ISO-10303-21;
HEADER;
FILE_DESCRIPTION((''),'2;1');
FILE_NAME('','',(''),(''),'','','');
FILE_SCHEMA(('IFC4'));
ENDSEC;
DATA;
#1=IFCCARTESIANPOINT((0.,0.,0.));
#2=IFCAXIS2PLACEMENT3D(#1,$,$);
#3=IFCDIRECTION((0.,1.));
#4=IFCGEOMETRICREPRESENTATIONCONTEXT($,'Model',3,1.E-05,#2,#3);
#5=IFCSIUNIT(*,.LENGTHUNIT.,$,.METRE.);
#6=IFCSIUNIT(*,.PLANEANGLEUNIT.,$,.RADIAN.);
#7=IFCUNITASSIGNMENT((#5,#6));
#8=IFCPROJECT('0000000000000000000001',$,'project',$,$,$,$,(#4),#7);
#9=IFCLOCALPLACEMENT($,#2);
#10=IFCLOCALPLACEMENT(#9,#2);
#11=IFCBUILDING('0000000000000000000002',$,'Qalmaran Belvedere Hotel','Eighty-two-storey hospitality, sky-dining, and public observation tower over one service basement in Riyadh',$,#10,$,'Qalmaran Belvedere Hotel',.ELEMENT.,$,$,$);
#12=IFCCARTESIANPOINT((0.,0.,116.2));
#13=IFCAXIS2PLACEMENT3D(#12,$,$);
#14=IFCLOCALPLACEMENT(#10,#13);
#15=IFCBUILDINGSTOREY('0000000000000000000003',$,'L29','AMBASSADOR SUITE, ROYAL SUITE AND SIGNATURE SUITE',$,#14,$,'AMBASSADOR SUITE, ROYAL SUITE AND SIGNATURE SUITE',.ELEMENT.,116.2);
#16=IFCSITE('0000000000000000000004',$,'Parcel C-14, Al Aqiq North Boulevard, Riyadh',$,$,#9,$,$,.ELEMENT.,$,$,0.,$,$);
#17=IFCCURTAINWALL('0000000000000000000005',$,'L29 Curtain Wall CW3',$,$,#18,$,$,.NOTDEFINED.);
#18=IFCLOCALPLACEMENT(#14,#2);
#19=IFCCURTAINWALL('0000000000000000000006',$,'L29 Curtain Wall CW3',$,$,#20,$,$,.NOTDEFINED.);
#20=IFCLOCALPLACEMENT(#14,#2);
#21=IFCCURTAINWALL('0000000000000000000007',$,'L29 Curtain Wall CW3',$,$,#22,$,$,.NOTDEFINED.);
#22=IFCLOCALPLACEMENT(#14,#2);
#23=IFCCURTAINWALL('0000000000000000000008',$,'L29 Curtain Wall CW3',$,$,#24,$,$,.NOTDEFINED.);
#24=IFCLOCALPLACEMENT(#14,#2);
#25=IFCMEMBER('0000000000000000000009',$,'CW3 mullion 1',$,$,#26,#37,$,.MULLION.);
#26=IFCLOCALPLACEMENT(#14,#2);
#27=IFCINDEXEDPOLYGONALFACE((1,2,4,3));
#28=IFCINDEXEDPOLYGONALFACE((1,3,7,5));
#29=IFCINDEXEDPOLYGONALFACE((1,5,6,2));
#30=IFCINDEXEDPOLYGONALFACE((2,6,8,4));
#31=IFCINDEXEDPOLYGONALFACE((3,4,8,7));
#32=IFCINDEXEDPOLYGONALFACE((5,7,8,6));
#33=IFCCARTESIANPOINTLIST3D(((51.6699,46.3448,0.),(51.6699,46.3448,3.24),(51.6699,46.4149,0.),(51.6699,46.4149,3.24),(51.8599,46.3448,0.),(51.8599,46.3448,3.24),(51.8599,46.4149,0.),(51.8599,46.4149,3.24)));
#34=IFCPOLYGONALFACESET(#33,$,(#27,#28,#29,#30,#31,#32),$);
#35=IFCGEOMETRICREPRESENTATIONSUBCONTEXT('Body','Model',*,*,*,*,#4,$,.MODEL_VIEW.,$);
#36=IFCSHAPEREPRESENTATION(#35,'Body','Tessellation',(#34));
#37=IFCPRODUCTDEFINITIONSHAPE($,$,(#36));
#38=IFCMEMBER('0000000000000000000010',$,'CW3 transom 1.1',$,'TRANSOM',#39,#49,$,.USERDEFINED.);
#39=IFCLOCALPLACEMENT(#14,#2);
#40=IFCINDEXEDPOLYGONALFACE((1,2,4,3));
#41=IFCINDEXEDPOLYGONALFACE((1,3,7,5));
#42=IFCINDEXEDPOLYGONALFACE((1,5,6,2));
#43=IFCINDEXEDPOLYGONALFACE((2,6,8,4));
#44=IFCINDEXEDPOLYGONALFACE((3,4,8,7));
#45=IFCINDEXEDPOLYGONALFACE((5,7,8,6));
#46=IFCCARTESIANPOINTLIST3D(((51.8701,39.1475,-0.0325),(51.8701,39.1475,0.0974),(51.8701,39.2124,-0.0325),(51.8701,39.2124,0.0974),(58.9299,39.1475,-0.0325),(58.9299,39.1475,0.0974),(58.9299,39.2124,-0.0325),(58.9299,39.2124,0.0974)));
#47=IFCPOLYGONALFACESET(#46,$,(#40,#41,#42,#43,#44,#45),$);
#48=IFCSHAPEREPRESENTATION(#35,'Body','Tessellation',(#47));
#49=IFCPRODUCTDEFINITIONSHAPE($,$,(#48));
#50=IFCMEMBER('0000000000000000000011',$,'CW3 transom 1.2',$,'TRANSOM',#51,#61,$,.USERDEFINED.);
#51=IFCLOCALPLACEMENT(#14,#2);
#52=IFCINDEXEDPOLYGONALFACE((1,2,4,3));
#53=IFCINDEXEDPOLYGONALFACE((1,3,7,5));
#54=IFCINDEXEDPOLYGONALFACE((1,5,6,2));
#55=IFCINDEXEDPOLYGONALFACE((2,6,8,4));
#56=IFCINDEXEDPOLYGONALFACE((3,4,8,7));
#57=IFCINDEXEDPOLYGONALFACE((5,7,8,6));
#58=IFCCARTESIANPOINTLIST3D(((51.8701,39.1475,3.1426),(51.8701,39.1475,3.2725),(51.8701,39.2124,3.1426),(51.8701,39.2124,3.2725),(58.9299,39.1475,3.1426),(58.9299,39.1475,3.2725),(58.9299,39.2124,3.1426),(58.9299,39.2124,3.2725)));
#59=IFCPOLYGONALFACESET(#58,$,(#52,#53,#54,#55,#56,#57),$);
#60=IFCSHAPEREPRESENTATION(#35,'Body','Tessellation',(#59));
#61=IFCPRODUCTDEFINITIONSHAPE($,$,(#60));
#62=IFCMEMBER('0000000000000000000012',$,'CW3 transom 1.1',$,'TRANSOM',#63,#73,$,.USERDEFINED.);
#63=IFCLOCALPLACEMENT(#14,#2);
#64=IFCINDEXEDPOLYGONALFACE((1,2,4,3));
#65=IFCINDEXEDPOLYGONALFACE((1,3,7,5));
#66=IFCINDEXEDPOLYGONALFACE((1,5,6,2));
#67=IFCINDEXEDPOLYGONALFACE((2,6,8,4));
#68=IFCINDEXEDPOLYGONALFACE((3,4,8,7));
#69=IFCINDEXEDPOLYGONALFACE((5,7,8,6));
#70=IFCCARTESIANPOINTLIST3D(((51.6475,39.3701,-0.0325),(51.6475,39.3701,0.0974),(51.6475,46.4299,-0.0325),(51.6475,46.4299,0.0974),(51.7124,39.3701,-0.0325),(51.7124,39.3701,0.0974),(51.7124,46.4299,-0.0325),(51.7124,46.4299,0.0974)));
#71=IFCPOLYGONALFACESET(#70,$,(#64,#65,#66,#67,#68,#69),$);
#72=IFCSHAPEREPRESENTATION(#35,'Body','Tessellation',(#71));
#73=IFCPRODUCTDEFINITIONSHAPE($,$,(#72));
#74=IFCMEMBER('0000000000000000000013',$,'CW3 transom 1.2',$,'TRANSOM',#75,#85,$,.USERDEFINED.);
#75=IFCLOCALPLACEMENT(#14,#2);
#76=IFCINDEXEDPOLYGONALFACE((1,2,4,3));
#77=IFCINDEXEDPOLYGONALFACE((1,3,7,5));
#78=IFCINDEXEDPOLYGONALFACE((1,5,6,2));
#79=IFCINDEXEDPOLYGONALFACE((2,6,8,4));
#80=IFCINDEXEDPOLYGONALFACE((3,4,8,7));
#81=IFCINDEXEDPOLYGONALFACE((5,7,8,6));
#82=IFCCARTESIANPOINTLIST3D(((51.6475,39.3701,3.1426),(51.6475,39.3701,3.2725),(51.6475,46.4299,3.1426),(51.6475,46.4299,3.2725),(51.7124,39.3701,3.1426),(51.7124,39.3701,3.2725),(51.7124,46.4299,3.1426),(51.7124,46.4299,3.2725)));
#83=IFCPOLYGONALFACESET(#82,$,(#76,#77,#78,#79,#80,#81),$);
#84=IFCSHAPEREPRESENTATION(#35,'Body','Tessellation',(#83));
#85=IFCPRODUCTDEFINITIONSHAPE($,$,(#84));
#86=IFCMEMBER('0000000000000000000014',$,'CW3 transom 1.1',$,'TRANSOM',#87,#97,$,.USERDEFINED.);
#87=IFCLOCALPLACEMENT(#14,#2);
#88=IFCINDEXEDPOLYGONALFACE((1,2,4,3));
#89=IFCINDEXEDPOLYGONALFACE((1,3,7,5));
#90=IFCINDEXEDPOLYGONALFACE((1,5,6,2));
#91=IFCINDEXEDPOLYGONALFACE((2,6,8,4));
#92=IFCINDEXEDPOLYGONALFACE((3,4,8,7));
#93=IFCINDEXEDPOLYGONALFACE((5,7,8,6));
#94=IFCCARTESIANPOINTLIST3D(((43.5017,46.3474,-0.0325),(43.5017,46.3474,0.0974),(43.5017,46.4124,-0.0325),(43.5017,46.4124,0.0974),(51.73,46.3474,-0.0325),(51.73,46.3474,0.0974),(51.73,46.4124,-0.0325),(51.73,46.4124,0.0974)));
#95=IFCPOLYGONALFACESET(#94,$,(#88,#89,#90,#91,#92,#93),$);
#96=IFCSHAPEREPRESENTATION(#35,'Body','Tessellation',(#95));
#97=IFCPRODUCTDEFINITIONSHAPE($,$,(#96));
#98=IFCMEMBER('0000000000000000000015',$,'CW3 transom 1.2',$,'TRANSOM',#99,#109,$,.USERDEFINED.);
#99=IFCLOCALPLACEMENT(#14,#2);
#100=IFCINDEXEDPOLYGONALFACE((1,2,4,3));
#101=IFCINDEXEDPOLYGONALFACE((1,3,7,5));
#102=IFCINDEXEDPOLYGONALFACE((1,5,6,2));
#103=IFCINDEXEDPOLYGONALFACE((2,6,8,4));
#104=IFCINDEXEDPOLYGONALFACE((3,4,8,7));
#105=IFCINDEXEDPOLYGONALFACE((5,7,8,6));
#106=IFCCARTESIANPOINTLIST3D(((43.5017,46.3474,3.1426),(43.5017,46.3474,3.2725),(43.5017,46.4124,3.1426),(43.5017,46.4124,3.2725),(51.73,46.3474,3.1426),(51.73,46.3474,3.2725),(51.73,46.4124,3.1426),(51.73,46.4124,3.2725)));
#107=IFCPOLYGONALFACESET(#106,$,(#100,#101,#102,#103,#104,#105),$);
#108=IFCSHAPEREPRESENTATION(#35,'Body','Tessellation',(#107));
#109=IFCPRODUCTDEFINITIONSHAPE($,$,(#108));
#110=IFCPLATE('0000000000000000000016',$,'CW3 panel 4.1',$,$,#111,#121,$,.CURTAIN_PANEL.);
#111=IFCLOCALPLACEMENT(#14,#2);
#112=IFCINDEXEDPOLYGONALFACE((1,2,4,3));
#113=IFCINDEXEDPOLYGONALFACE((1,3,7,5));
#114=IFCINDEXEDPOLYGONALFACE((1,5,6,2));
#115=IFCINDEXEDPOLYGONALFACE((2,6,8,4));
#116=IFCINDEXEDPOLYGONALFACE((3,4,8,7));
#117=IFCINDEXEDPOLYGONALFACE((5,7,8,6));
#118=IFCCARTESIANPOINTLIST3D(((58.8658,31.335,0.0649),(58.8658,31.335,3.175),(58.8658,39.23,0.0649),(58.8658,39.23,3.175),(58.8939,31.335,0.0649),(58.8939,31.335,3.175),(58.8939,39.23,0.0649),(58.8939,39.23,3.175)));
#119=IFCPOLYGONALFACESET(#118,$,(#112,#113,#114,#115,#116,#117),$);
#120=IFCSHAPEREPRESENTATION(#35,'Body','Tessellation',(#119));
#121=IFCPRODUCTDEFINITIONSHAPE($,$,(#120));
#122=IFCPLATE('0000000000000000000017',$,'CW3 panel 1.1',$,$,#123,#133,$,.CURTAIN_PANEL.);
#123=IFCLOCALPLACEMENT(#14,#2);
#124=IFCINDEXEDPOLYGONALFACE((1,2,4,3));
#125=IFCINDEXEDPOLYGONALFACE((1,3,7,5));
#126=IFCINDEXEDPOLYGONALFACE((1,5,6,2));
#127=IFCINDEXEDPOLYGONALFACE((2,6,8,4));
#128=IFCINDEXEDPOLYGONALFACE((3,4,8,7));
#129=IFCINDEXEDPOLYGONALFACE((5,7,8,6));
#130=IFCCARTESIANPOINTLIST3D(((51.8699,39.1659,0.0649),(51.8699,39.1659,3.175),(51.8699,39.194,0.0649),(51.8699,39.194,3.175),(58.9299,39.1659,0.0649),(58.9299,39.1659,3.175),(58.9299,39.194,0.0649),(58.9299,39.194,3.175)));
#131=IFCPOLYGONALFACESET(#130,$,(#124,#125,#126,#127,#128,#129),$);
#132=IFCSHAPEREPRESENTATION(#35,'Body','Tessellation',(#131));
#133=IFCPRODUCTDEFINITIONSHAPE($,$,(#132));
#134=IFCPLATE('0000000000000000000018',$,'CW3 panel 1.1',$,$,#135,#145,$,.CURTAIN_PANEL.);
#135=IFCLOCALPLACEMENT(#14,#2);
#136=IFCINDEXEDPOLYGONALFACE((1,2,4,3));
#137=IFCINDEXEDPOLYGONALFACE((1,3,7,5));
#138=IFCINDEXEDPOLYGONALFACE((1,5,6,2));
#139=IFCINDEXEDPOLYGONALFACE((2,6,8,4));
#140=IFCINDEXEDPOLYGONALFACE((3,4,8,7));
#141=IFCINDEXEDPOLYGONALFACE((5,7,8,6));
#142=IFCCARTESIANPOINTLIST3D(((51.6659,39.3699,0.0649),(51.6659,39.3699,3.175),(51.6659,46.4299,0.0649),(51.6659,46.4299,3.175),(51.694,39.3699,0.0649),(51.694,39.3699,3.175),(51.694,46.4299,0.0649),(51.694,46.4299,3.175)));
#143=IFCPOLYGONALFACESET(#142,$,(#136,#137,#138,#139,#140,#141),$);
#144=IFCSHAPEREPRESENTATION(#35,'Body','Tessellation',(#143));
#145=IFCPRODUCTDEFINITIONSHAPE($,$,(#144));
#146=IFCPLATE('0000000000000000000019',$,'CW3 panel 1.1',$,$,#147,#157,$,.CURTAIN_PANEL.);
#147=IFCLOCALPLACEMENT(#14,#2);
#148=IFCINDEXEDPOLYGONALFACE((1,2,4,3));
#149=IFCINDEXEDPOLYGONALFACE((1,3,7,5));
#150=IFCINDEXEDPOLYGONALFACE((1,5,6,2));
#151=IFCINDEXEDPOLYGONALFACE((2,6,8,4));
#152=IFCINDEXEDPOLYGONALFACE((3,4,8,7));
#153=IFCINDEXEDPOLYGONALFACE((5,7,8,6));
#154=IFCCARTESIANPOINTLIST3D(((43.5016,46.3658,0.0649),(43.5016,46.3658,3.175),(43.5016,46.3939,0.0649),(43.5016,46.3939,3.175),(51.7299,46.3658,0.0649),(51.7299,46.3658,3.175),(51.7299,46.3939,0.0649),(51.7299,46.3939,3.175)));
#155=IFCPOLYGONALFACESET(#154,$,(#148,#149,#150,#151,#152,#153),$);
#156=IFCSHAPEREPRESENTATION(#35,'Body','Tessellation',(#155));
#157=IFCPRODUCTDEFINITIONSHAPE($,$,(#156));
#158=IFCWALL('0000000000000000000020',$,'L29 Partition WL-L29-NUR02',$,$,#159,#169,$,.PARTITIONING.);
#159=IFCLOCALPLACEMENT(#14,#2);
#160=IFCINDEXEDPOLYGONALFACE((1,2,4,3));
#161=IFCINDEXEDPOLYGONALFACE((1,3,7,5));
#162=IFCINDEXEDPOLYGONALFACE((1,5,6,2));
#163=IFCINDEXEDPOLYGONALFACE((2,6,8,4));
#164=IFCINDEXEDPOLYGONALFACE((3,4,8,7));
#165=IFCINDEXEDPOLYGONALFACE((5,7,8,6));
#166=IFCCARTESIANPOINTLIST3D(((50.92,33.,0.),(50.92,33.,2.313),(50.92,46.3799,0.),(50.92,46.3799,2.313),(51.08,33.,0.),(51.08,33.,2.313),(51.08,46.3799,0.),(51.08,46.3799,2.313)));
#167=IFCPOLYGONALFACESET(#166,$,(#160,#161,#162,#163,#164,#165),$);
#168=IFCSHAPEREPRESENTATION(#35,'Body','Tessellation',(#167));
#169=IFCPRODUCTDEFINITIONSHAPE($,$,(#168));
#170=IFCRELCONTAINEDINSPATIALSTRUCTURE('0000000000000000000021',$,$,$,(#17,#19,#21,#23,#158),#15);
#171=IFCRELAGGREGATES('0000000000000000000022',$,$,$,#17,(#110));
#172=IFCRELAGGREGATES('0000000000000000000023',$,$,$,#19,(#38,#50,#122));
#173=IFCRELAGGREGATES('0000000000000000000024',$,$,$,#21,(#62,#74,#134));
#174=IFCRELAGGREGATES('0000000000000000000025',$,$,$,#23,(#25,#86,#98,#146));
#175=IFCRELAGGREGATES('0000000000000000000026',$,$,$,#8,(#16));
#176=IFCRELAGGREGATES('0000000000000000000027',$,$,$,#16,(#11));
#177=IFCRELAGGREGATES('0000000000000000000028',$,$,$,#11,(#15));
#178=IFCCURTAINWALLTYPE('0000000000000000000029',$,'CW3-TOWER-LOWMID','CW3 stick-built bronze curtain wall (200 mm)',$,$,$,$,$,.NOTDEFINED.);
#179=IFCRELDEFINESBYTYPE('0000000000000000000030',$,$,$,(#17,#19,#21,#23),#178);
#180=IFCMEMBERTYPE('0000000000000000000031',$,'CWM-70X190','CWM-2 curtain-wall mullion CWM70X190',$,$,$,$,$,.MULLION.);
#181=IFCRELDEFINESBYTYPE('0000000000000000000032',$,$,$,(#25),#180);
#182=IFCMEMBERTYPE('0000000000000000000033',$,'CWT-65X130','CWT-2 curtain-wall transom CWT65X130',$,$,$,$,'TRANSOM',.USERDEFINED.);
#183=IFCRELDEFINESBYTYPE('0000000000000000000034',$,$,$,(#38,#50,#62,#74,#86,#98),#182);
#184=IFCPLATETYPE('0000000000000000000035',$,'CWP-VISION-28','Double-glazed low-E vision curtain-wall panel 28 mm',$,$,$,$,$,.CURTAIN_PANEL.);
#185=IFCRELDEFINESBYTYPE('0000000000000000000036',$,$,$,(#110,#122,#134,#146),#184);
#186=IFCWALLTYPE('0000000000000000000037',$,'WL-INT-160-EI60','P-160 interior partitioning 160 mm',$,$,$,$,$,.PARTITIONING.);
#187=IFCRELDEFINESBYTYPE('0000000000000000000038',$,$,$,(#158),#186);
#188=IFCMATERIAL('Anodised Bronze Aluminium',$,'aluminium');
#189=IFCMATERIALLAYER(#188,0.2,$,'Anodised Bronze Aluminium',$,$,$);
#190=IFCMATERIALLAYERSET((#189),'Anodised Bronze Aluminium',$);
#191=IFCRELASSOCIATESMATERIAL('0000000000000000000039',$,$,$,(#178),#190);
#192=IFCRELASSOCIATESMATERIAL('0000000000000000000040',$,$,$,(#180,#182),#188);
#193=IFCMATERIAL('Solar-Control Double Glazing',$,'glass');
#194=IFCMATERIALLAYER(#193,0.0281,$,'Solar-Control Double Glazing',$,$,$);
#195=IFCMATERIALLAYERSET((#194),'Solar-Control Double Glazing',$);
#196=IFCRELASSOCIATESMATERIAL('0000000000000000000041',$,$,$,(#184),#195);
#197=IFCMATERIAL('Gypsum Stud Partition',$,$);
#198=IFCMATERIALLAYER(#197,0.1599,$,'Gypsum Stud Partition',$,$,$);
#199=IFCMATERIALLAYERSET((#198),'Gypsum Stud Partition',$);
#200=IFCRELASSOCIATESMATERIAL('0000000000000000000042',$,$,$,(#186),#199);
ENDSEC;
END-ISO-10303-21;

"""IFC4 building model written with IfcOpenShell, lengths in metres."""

from ifc_helpers import new_model, si_unit, direction, frame, frame_2d, origin, origin_2d, place, context, subcontext, project, spatial, rectangle, extrude, material, layer, layer_set, material_profile, profile_set, type_object, element, aggregate, save


model = new_model("IFC4")

# Units and contexts
model_context = context("Model", 3, precision=1e-05, world=origin(), true_north=direction((0.0, 1.0)))
body_context = subcontext(model_context, "Body", "Model", "MODEL_VIEW")
ifc_project = project(units=[si_unit("LENGTHUNIT", "METRE"), si_unit("PLANEANGLEUNIT", "RADIAN")], contexts=[model_context])

# Site, building, storey
site_placement = place(None, origin())
site = spatial("IfcSite", under=ifc_project, at=site_placement, Name="Parcel C-14, Al Aqiq North Boulevard, Riyadh", CompositionType="ELEMENT", RefElevation=0.0)
building_placement = place(site_placement, origin())
building = spatial("IfcBuilding", under=site, at=building_placement, Name="Qalmaran Belvedere Hotel", Description="Eighty-two-storey hospitality, sky-dining, and public observation tower over one service basement in Riyadh", LongName="Qalmaran Belvedere Hotel", CompositionType="ELEMENT")
storey_placement = place(building_placement, frame((0.0, 0.0, 116.2)))
storey = spatial("IfcBuildingStorey", under=building, at=storey_placement, Name="L29", Description="AMBASSADOR SUITE, ROYAL SUITE AND SIGNATURE SUITE", LongName="AMBASSADOR SUITE, ROYAL SUITE AND SIGNATURE SUITE", CompositionType="ELEMENT", Elevation=116.2)

# Curtain wall
ifc_material_1 = material(Name="Anodised Bronze Aluminium", Category="aluminium")
ifc_layer_1 = layer(ifc_material_1, 0.2, Name="Anodised Bronze Aluminium")
ifc_layer_set_1 = layer_set([ifc_layer_1], Name="Anodised Bronze Aluminium")
curtain_wall_type = type_object("IfcCurtainWallType", Name="CW3-TOWER-LOWMID", Description="CW3 stick-built bronze curtain wall (200 mm)", PredefinedType="NOTDEFINED", material=ifc_layer_set_1)
curtain_wall_1_placement = place(storey_placement, origin())
curtain_wall_1 = element("IfcCurtainWall", 1, at=curtain_wall_1_placement, inside=storey, type_object=curtain_wall_type, Name="L29 Curtain Wall CW3", PredefinedType="NOTDEFINED")
ifc_material_profile_1 = material_profile(ifc_material_1, rectangle(XDim=0.0701, YDim=0.1899, at=origin_2d()), Name="CWM70X190")
ifc_profile_set_1 = profile_set([ifc_material_profile_1], Name="Anodised Bronze Aluminium")
member_type_1 = type_object("IfcMemberType", Name="CWM-70X190", Description="CWM-2 curtain-wall mullion CWM70X190", PredefinedType="MULLION", material=ifc_profile_set_1)

# Curtain walls
curtain_wall_2_placement = place(storey_placement, origin())
curtain_wall_2 = element("IfcCurtainWall", 2, at=curtain_wall_2_placement, inside=storey, type_object=curtain_wall_type, Name="L29 Curtain Wall CW3", PredefinedType="NOTDEFINED")
curtain_wall_3_placement = place(storey_placement, origin())
curtain_wall_3 = element("IfcCurtainWall", 3, at=curtain_wall_3_placement, inside=storey, type_object=curtain_wall_type, Name="L29 Curtain Wall CW3", PredefinedType="NOTDEFINED")

# Curtain wall, member
curtain_wall_4_placement = place(storey_placement, origin())
curtain_wall_4 = element("IfcCurtainWall", 4, at=curtain_wall_4_placement, inside=storey, type_object=curtain_wall_type, Name="L29 Curtain Wall CW3", PredefinedType="NOTDEFINED")
member_1_placement = place(storey_placement, frame((51.7649, 46.3799, 0.0), z_axis=(0.0, 0.0, 1.0), x_axis=(0.0, -1.0, 0.0)))
member_1 = element("IfcMember", 5, at=member_1_placement, type_object=member_type_1, Name="CW3 mullion 1", PredefinedType="MULLION", context=body_context, shape_type="SweptSolid", body=[
    extrude(rectangle(XDim=0.0701, YDim=0.1899, at=origin_2d()), origin(), (0.0, 0.0, 1.0), 3.24),
])

# Members
ifc_material_profile_2 = material_profile(ifc_material_1, rectangle(XDim=0.0649, YDim=0.1299, at=origin_2d()), Name="CWT65X130")
ifc_profile_set_2 = profile_set([ifc_material_profile_2], Name="Anodised Bronze Aluminium")
member_type_2 = type_object("IfcMemberType", Name="CWT-65X130", Description="CWT-2 curtain-wall transom CWT65X130", ElementType="TRANSOM", PredefinedType="USERDEFINED", material=ifc_profile_set_2)
member_2_placement = place(storey_placement, frame((58.9299, 39.1799, 0.0325), z_axis=(-1.0, 0.0, 0.0), x_axis=(0.0, -1.0, 0.0)))
member_2 = element("IfcMember", 6, at=member_2_placement, type_object=member_type_2, Name="CW3 transom 1.1", ObjectType="TRANSOM", PredefinedType="USERDEFINED", context=body_context, shape_type="SweptSolid", body=[
    extrude(rectangle(XDim=0.0649, YDim=0.1299, at=origin_2d()), origin(), (0.0, 0.0, 1.0), 7.0598),
])
member_3_placement = place(storey_placement, frame((58.9299, 39.1799, 3.2075), z_axis=(-1.0, 0.0, 0.0), x_axis=(0.0, -1.0, 0.0)))
member_3 = element("IfcMember", 7, at=member_3_placement, type_object=member_type_2, Name="CW3 transom 1.2", ObjectType="TRANSOM", PredefinedType="USERDEFINED", context=body_context, shape_type="SweptSolid", body=[
    extrude(rectangle(XDim=0.0649, YDim=0.1299, at=origin_2d()), origin(), (0.0, 0.0, 1.0), 7.0598),
])
member_4_placement = place(storey_placement, frame((51.6799, 39.3701, 0.0325), z_axis=(0.0, 1.0, 0.0), x_axis=(-1.0, 0.0, 0.0)))
member_4 = element("IfcMember", 8, at=member_4_placement, type_object=member_type_2, Name="CW3 transom 1.1", ObjectType="TRANSOM", PredefinedType="USERDEFINED", context=body_context, shape_type="SweptSolid", body=[
    extrude(rectangle(XDim=0.0649, YDim=0.1299, at=origin_2d()), origin(), (0.0, 0.0, 1.0), 7.0598),
])
member_5_placement = place(storey_placement, frame((51.6799, 39.3701, 3.2075), z_axis=(0.0, 1.0, 0.0), x_axis=(-1.0, 0.0, 0.0)))
member_5 = element("IfcMember", 9, at=member_5_placement, type_object=member_type_2, Name="CW3 transom 1.2", ObjectType="TRANSOM", PredefinedType="USERDEFINED", context=body_context, shape_type="SweptSolid", body=[
    extrude(rectangle(XDim=0.0649, YDim=0.1299, at=origin_2d()), origin(), (0.0, 0.0, 1.0), 7.0598),
])
member_6_placement = place(storey_placement, frame((51.73, 46.3799, 0.0325), z_axis=(-1.0, 0.0, 0.0), x_axis=(0.0, -1.0, 0.0)))
member_6 = element("IfcMember", 10, at=member_6_placement, type_object=member_type_2, Name="CW3 transom 1.1", ObjectType="TRANSOM", PredefinedType="USERDEFINED", context=body_context, shape_type="SweptSolid", body=[
    extrude(rectangle(XDim=0.0649, YDim=0.1299, at=origin_2d()), origin(), (0.0, 0.0, 1.0), 8.2283),
])
member_7_placement = place(storey_placement, frame((51.73, 46.3799, 3.2075), z_axis=(-1.0, 0.0, 0.0), x_axis=(0.0, -1.0, 0.0)))
member_7 = element("IfcMember", 11, at=member_7_placement, type_object=member_type_2, Name="CW3 transom 1.2", ObjectType="TRANSOM", PredefinedType="USERDEFINED", context=body_context, shape_type="SweptSolid", body=[
    extrude(rectangle(XDim=0.0649, YDim=0.1299, at=origin_2d()), origin(), (0.0, 0.0, 1.0), 8.2283),
])

# Plates
ifc_material_2 = material(Name="Solar-Control Double Glazing", Category="glass")
ifc_layer_2 = layer(ifc_material_2, 0.0281, Name="Solar-Control Double Glazing")
ifc_layer_set_2 = layer_set([ifc_layer_2], Name="Solar-Control Double Glazing")
plate_type = type_object("IfcPlateType", Name="CWP-VISION-28", Description="Double-glazed low-E vision curtain-wall panel 28 mm", PredefinedType="CURTAIN_PANEL", material=ifc_layer_set_2)
plate_1_placement = place(storey_placement, frame((58.8799, 35.2825, 0.0649), z_axis=(0.0, 0.0, 1.0), x_axis=(0.0, 1.0, 0.0)))
plate_1 = element("IfcPlate", 12, at=plate_1_placement, type_object=plate_type, Name="CW3 panel 4.1", PredefinedType="CURTAIN_PANEL", context=body_context, shape_type="SweptSolid", body=[
    extrude(rectangle(XDim=7.895, YDim=0.0281, at=origin_2d()), origin(), (0.0, 0.0, 1.0), 3.1101),
])
aggregate(curtain_wall_1, [plate_1])
plate_2_placement = place(storey_placement, frame((55.3999, 39.1799, 0.0649), z_axis=(0.0, 0.0, 1.0), x_axis=(-1.0, 0.0, 0.0)))
plate_2 = element("IfcPlate", 13, at=plate_2_placement, type_object=plate_type, Name="CW3 panel 1.1", PredefinedType="CURTAIN_PANEL", context=body_context, shape_type="SweptSolid", body=[
    extrude(rectangle(XDim=7.0601, YDim=0.0281, at=origin_2d()), origin(), (0.0, 0.0, 1.0), 3.1101),
])
aggregate(curtain_wall_2, [member_2, member_3, plate_2])
plate_3_placement = place(storey_placement, frame((51.6799, 42.8999, 0.0649), z_axis=(0.0, 0.0, 1.0), x_axis=(0.0, 1.0, 0.0)))
plate_3 = element("IfcPlate", 14, at=plate_3_placement, type_object=plate_type, Name="CW3 panel 1.1", PredefinedType="CURTAIN_PANEL", context=body_context, shape_type="SweptSolid", body=[
    extrude(rectangle(XDim=7.0601, YDim=0.0281, at=origin_2d()), origin(), (0.0, 0.0, 1.0), 3.1101),
])
aggregate(curtain_wall_3, [member_4, member_5, plate_3])
plate_4_placement = place(storey_placement, frame((47.6157, 46.3799, 0.0649), z_axis=(0.0, 0.0, 1.0), x_axis=(-1.0, 0.0, 0.0)))
plate_4 = element("IfcPlate", 15, at=plate_4_placement, type_object=plate_type, Name="CW3 panel 1.1", PredefinedType="CURTAIN_PANEL", context=body_context, shape_type="SweptSolid", body=[
    extrude(rectangle(XDim=8.2283, YDim=0.0281, at=origin_2d()), origin(), (0.0, 0.0, 1.0), 3.1101),
])
aggregate(curtain_wall_4, [member_1, member_6, member_7, plate_4])

# Wall
ifc_material_3 = material(Name="Gypsum Stud Partition")
ifc_layer_3 = layer(ifc_material_3, 0.1599, Name="Gypsum Stud Partition")
ifc_layer_set_3 = layer_set([ifc_layer_3], Name="Gypsum Stud Partition")
wall_type = type_object("IfcWallType", Name="WL-INT-160-EI60", Description="P-160 interior partitioning 160 mm", PredefinedType="PARTITIONING", material=ifc_layer_set_3)
wall_placement = place(storey_placement, frame((51.0, 33.0, 0.0), z_axis=(0.0, 0.0, 1.0), x_axis=(0.0, 1.0, 0.0)))
element("IfcWall", 16, at=wall_placement, inside=storey, type_object=wall_type, Name="L29 Partition WL-L29-NUR02", PredefinedType="PARTITIONING", context=body_context, shape_type="SweptSolid", body=[
    extrude(rectangle(XDim=13.3799, YDim=0.1599, at=frame_2d((6.6899, 0.0))), origin(), (0.0, 0.0, 1.0), 2.313),
])

save(model, "model.ifc")
